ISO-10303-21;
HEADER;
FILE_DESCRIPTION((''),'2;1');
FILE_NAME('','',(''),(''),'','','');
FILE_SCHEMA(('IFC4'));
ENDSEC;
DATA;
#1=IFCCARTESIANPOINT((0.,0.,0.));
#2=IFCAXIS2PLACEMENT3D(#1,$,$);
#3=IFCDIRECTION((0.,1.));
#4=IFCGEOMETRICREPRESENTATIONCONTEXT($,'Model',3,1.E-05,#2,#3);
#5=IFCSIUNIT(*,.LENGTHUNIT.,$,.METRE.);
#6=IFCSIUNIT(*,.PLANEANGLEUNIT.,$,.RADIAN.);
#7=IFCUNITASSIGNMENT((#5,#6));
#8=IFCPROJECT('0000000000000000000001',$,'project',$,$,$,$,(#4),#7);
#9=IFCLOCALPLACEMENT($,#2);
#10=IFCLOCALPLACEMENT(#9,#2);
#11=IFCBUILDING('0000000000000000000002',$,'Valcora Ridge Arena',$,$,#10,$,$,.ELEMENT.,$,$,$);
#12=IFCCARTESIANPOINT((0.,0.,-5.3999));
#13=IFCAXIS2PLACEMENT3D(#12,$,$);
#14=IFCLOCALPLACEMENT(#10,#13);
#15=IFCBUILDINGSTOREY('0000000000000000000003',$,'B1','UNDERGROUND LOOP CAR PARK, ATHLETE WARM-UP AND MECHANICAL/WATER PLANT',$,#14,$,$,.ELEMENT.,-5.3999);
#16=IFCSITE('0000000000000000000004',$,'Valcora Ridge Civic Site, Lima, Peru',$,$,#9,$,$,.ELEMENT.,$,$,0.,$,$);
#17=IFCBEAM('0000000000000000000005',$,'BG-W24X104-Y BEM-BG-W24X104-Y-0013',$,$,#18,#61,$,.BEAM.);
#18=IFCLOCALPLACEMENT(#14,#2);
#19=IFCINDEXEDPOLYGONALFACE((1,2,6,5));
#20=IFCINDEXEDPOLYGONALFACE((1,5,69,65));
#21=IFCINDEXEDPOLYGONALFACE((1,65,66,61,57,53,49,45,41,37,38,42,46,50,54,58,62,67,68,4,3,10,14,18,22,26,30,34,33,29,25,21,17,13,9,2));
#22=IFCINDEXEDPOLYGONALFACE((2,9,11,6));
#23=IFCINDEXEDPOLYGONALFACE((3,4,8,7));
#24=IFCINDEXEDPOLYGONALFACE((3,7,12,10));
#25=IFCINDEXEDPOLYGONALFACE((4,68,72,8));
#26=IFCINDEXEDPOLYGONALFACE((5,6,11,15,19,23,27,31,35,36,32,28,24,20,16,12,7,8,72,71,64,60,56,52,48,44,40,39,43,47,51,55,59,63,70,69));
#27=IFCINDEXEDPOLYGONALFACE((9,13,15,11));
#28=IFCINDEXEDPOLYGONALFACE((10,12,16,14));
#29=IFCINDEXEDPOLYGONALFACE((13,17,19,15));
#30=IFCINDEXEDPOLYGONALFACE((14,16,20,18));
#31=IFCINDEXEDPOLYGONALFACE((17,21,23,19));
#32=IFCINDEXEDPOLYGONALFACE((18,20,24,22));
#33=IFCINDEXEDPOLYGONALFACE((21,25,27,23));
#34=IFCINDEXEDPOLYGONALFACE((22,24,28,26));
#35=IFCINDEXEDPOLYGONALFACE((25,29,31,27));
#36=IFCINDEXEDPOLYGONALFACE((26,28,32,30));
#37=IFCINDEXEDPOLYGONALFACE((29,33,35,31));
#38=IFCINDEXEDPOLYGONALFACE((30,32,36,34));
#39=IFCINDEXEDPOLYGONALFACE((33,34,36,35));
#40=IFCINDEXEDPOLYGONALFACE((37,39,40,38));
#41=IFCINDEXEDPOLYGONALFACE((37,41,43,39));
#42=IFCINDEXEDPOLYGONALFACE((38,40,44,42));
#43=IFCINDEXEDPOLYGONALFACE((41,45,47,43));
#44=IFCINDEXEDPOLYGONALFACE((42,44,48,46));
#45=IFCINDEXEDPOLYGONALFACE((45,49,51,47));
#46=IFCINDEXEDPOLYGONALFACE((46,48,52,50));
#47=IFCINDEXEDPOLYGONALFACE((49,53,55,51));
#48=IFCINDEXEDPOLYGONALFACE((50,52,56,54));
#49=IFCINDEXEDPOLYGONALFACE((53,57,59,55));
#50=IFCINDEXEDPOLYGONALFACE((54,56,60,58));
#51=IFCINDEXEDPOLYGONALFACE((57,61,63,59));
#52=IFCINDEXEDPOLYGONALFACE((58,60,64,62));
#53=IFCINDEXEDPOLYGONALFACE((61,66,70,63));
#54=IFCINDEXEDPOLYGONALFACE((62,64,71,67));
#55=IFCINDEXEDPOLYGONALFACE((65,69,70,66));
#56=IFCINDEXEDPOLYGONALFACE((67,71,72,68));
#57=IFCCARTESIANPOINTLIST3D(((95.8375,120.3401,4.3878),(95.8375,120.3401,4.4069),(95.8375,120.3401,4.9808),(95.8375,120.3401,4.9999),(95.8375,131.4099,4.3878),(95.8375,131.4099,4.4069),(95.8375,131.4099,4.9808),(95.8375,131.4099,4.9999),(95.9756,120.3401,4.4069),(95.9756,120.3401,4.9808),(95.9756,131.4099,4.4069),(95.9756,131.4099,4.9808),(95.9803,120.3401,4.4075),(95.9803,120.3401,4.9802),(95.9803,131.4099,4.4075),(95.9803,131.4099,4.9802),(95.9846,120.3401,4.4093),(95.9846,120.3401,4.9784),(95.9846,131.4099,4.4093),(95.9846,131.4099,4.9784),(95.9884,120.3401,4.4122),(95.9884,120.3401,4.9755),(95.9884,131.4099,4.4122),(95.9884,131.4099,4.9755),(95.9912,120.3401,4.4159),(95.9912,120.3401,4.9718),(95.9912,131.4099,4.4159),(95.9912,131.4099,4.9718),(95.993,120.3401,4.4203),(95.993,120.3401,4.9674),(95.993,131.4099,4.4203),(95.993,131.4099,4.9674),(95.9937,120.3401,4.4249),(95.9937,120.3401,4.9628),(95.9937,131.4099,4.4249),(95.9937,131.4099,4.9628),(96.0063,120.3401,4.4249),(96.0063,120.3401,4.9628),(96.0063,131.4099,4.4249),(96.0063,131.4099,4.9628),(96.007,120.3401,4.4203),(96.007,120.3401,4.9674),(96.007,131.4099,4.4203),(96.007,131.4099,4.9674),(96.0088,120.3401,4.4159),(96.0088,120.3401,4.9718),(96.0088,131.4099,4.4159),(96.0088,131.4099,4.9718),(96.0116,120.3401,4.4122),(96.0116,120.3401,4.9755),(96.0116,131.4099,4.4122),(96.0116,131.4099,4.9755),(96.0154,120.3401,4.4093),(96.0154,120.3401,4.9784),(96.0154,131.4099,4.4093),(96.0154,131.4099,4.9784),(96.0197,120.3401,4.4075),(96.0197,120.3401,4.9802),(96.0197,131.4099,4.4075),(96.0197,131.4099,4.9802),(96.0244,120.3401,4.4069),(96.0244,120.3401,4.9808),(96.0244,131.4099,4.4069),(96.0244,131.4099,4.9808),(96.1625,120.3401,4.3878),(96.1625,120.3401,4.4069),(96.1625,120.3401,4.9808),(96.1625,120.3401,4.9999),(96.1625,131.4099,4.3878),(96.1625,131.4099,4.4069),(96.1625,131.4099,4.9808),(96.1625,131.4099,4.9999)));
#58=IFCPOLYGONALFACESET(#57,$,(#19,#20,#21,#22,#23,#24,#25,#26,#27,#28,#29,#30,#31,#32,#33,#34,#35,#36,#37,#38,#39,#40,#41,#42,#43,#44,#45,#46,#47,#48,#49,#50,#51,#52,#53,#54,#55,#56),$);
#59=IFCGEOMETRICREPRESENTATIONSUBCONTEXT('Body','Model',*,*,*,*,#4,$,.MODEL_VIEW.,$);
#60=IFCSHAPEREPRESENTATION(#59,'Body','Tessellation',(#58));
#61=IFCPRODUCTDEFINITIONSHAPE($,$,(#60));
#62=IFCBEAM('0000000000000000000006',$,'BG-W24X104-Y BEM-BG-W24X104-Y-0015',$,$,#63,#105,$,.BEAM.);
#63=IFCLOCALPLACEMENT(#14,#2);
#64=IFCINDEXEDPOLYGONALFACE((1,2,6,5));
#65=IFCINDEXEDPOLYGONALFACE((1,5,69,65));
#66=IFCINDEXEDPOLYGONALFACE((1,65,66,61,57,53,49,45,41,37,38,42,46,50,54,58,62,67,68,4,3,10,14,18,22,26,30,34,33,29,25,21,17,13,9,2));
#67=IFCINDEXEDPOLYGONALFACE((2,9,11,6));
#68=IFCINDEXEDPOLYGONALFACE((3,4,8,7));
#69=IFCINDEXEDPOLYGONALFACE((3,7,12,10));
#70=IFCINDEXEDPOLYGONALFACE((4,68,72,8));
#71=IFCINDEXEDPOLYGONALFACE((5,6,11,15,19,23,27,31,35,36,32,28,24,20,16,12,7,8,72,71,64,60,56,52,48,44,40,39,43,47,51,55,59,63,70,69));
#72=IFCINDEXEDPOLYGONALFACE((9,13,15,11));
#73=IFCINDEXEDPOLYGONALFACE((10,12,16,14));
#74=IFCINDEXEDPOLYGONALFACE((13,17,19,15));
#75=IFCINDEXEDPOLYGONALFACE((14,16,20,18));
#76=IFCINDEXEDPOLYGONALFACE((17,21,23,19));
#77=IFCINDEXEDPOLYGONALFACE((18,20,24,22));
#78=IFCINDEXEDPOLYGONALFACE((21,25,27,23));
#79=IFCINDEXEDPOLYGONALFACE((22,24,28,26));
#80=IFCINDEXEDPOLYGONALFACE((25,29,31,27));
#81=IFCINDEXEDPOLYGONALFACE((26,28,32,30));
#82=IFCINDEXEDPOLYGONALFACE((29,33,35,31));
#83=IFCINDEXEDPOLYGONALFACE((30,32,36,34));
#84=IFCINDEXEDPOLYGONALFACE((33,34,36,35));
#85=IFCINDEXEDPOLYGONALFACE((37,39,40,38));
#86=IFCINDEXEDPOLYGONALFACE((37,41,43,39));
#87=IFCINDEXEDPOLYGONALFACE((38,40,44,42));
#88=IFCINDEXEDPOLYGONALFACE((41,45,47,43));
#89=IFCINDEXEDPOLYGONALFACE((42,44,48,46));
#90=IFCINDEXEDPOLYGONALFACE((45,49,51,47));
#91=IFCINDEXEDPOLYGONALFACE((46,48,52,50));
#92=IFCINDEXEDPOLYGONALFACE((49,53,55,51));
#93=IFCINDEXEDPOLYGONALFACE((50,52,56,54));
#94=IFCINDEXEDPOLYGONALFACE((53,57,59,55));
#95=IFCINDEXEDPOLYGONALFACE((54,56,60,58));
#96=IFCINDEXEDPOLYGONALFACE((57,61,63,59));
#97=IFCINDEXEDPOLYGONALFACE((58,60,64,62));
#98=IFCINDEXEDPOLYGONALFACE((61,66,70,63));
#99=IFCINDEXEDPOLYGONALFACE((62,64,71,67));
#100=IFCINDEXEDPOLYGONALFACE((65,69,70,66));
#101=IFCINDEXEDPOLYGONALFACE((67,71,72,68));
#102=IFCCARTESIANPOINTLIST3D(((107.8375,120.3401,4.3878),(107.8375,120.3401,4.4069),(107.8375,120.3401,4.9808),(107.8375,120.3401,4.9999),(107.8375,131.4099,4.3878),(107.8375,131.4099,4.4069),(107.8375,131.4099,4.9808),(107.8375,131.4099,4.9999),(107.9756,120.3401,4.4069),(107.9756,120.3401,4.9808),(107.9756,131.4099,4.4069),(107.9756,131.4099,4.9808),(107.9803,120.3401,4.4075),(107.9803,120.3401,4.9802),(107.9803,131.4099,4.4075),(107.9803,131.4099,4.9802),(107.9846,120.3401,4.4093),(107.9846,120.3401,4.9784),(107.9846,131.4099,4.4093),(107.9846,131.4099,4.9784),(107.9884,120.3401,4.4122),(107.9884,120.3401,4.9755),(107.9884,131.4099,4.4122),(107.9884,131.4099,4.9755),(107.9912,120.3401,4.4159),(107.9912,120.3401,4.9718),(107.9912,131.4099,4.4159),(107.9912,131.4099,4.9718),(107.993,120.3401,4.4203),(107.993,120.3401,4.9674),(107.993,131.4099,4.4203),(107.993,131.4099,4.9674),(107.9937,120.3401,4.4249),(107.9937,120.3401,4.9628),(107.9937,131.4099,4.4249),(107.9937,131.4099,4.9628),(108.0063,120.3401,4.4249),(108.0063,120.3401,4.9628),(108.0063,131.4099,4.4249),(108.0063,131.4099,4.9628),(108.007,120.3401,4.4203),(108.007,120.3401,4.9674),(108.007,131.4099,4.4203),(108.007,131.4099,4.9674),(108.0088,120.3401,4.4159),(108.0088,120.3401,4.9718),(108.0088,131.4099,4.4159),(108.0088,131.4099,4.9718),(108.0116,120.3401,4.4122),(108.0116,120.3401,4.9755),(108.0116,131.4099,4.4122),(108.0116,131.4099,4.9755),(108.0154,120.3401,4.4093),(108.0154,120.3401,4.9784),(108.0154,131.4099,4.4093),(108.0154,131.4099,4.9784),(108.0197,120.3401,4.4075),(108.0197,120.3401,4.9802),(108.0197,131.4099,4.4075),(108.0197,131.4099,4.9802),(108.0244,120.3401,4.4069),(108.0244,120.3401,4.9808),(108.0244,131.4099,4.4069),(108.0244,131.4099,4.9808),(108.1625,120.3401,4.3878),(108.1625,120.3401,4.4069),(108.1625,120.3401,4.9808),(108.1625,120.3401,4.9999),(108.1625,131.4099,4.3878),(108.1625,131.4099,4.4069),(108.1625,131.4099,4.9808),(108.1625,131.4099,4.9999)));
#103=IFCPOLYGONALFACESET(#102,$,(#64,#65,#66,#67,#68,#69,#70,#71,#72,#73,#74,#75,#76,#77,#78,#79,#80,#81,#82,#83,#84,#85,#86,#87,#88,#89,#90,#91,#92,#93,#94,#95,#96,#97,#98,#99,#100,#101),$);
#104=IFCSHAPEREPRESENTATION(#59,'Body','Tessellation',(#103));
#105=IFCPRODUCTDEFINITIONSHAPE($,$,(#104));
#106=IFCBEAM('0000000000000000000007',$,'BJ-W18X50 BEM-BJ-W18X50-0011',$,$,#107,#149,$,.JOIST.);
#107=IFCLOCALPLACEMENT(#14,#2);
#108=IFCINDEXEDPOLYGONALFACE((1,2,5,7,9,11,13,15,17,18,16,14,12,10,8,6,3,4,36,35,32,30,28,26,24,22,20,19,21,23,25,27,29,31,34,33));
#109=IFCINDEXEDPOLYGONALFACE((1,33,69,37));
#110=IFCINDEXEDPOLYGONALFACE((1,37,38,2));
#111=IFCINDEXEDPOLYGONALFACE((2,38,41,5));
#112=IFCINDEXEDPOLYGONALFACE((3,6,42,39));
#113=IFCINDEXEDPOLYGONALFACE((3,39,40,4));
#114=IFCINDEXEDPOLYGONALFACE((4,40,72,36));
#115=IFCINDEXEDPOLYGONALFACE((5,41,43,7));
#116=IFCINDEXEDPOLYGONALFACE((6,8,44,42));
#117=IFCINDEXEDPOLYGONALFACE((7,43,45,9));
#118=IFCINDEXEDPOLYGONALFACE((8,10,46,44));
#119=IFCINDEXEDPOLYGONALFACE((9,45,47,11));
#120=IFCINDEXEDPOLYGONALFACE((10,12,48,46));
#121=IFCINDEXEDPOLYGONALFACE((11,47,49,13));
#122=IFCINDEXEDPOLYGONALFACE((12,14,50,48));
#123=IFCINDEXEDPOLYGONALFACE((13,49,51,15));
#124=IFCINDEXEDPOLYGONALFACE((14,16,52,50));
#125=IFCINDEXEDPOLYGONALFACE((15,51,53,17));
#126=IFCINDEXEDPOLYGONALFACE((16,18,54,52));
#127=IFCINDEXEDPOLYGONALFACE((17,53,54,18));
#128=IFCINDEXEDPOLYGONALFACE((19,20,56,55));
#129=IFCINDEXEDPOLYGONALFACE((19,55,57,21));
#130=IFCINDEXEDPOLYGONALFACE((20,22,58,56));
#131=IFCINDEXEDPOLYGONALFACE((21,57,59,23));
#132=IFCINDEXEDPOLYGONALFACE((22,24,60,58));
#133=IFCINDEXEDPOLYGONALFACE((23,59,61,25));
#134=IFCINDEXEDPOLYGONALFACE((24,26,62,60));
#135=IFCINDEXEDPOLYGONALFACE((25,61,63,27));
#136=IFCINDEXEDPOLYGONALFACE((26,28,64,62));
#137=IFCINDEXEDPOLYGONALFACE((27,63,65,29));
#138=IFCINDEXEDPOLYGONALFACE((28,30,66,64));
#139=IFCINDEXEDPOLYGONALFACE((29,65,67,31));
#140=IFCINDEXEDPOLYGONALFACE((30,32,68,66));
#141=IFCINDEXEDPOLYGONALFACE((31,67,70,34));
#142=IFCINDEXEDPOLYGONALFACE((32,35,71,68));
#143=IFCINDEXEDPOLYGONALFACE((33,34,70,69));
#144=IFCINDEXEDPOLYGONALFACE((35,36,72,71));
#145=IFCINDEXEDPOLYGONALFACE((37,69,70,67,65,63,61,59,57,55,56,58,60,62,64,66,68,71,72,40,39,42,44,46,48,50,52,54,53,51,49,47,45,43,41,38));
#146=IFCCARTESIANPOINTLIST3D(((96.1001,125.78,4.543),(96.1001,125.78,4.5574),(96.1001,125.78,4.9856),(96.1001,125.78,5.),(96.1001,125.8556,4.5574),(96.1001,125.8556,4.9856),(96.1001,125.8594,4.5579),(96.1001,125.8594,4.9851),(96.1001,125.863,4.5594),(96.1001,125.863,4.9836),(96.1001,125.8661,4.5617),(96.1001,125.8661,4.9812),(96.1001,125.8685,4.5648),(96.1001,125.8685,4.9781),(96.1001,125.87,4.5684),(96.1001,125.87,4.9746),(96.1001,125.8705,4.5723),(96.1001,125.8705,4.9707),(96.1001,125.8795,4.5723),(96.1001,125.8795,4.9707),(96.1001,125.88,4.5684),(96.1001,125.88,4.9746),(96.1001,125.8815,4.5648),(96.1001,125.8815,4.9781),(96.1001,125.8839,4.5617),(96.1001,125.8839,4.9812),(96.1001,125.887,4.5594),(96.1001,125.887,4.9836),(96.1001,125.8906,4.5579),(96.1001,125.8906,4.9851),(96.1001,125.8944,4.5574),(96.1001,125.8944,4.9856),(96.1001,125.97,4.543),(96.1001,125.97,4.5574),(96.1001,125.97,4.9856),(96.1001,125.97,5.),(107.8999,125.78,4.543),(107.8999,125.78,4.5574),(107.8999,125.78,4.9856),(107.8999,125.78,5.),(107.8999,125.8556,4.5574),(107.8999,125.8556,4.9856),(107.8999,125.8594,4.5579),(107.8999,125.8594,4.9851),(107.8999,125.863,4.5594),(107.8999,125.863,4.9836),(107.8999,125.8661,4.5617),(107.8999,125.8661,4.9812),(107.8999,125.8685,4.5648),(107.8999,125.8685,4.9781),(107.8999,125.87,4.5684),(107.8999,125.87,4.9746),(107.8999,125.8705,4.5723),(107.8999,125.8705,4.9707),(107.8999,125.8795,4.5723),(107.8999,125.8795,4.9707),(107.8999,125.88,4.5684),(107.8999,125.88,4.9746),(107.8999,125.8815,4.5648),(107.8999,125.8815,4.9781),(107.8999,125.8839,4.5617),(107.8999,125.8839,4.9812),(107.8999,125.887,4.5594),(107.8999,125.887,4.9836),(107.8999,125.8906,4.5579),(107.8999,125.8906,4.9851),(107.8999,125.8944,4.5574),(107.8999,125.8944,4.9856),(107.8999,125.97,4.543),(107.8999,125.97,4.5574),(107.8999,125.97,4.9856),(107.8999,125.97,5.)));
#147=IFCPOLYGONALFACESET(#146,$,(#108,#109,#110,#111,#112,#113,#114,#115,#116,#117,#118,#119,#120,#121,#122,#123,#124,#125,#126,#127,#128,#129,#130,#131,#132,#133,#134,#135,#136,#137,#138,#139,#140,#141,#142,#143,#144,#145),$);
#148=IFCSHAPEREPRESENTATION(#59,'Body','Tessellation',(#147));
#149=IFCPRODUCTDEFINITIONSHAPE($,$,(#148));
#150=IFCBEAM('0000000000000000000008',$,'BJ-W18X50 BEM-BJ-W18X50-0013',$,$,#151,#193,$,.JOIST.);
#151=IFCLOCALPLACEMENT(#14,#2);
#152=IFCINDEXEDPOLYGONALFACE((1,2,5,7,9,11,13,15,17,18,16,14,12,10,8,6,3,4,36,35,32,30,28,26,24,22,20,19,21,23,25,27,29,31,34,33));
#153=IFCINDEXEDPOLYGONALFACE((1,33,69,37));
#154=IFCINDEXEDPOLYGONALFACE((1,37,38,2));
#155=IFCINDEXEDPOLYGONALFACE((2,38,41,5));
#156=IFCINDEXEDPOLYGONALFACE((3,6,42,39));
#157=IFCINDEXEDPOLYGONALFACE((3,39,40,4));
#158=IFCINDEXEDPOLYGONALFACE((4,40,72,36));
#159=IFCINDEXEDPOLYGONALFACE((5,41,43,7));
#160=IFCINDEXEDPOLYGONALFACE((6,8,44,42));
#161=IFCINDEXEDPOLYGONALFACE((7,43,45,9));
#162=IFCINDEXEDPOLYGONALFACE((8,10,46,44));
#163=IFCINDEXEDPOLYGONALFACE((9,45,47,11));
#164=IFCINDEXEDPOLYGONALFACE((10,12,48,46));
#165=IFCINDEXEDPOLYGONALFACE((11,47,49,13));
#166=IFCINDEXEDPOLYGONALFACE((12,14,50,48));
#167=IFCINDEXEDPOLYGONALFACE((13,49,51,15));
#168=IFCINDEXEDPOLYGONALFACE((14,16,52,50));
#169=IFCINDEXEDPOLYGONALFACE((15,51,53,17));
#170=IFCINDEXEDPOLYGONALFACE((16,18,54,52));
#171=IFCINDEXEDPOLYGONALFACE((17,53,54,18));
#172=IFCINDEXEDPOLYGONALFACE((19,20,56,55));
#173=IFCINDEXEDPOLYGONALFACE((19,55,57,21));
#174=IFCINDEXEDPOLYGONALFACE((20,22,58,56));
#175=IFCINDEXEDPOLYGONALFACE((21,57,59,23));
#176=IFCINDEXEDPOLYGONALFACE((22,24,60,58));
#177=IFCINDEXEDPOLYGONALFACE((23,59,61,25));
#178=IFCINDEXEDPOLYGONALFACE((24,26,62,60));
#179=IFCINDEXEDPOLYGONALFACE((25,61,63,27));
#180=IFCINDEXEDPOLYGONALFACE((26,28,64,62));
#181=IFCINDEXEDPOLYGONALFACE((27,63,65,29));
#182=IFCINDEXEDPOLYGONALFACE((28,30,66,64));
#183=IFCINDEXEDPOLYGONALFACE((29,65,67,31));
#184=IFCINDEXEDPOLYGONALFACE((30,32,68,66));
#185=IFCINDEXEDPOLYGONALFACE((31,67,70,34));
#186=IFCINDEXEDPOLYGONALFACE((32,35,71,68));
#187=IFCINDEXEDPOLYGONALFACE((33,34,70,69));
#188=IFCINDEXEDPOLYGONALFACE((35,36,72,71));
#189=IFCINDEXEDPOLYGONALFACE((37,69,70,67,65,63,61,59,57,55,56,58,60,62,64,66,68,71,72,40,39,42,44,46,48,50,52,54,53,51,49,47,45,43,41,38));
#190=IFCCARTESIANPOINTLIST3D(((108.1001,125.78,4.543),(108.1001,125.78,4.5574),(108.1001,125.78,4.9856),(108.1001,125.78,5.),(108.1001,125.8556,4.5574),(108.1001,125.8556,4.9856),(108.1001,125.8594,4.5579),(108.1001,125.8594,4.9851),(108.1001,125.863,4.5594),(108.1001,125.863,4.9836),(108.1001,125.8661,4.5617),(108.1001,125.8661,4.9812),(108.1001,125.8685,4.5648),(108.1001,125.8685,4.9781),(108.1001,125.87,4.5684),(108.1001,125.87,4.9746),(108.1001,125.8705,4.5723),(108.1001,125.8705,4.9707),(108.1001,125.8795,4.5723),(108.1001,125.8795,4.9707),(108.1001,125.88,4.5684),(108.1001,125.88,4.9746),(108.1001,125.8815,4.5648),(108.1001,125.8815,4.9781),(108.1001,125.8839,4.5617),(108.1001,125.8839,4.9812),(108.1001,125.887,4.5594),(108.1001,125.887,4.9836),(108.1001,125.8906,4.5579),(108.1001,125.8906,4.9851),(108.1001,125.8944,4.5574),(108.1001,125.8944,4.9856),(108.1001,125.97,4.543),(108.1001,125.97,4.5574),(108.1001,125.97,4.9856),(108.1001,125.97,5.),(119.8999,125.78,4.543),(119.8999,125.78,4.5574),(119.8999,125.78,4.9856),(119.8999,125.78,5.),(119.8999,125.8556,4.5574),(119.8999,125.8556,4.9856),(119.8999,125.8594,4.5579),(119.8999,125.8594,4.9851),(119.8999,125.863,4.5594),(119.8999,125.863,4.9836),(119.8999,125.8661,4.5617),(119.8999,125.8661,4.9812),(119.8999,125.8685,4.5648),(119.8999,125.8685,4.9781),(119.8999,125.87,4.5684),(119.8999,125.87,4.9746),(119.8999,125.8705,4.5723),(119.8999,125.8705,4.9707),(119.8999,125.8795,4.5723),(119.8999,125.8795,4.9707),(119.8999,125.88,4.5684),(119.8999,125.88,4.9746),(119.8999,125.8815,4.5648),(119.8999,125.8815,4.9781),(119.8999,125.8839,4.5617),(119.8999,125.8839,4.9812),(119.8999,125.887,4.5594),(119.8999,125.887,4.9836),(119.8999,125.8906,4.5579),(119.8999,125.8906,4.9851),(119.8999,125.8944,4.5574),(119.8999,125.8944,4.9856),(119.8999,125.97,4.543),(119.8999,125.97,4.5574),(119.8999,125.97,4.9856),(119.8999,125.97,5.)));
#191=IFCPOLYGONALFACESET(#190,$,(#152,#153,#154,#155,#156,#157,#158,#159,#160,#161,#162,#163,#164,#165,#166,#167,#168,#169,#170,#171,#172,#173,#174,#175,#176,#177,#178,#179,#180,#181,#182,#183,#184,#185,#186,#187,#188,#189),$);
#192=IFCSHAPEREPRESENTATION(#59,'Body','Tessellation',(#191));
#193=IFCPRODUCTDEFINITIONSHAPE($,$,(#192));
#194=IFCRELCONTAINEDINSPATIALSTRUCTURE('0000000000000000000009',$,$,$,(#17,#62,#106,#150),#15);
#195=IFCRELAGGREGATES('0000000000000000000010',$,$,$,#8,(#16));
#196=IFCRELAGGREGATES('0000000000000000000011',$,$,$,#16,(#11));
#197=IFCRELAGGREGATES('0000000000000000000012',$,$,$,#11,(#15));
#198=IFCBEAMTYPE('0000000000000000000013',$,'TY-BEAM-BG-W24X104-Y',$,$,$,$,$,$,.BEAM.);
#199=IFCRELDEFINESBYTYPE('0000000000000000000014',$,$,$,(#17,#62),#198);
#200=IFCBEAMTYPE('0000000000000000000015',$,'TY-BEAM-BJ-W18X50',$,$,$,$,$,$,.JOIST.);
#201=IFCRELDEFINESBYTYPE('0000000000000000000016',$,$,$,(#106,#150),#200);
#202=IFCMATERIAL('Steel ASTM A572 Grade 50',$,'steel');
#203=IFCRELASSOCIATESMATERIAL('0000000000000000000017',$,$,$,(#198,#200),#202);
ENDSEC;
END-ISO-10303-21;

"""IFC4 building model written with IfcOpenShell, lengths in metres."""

from ifc_helpers import new_model, si_unit, direction, frame, origin, origin_2d, place, context, subcontext, project, spatial, i_section, extrude, material, material_profile, profile_set, type_object, element, save


model = new_model("IFC4")

# Units and contexts
model_context = context("Model", 3, precision=1e-05, world=origin(), true_north=direction((0.0, 1.0)))
body_context = subcontext(model_context, "Body", "Model", "MODEL_VIEW")
ifc_project = project(units=[si_unit("LENGTHUNIT", "METRE"), si_unit("PLANEANGLEUNIT", "RADIAN")], contexts=[model_context])

# Site, building, storey
site_placement = place(None, origin())
site = spatial("IfcSite", under=ifc_project, at=site_placement, Name="Valcora Ridge Civic Site, Lima, Peru", CompositionType="ELEMENT", RefElevation=0.0)
building_placement = place(site_placement, origin())
building = spatial("IfcBuilding", under=site, at=building_placement, Name="Valcora Ridge Arena", CompositionType="ELEMENT")
storey_placement = place(building_placement, frame((0.0, 0.0, -5.3999)))
storey = spatial("IfcBuildingStorey", under=building, at=storey_placement, Name="B1", Description="UNDERGROUND LOOP CAR PARK, ATHLETE WARM-UP AND MECHANICAL/WATER PLANT", CompositionType="ELEMENT", Elevation=-5.3999)

# Beams
ifc_material_1 = material(Name="Steel ASTM A572 Grade 50", Category="steel")
ifc_material_profile_1 = material_profile(ifc_material_1, i_section(OverallWidth=0.325, OverallDepth=0.6121, WebThickness=0.0127, FlangeThickness=0.019, FilletRadius=0.0181, at=origin_2d()), Name="W24X104")
ifc_profile_set_1 = profile_set([ifc_material_profile_1], Name="Steel ASTM A572 Grade 50")
beam_type_1 = type_object("IfcBeamType", Name="TY-BEAM-BG-W24X104-Y", PredefinedType="BEAM", material=ifc_profile_set_1)
for number, where, z_axis, x_axis, name in (
    (1, (96.0, 120.3401, 4.6938), (0.0, 1.0, 0.0), (-1.0, 0.0, 0.0), "BG-W24X104-Y BEM-BG-W24X104-Y-0013"),
    (2, (108.0, 120.3401, 4.6938), (0.0, 1.0, 0.0), (-1.0, 0.0, 0.0), "BG-W24X104-Y BEM-BG-W24X104-Y-0015"),
):
    element("IfcBeam", number, at=place(storey_placement, frame(where, z_axis=z_axis, x_axis=x_axis)), inside=storey, type_object=beam_type_1, Name=name, PredefinedType="BEAM", context=body_context, shape_type="SweptSolid", body=[
        extrude(i_section(OverallWidth=0.325, OverallDepth=0.6121, WebThickness=0.0127, FlangeThickness=0.019, FilletRadius=0.0181, at=origin_2d()), origin(), (0.0, 0.0, 1.0), 11.0698),
    ])
ifc_material_profile_2 = material_profile(ifc_material_1, i_section(OverallWidth=0.1899, OverallDepth=0.457, WebThickness=0.009, FlangeThickness=0.0144, FilletRadius=0.0149, at=origin_2d()), Name="W18X50")
ifc_profile_set_2 = profile_set([ifc_material_profile_2], Name="Steel ASTM A572 Grade 50")
beam_type_2 = type_object("IfcBeamType", Name="TY-BEAM-BJ-W18X50", PredefinedType="JOIST", material=ifc_profile_set_2)
for number, where, z_axis, x_axis, name in (
    (3, (96.1001, 125.875, 4.7715), (1.0, 0.0, 0.0), (0.0, 1.0, 0.0), "BJ-W18X50 BEM-BJ-W18X50-0011"),
    (4, (108.1001, 125.875, 4.7715), (1.0, 0.0, 0.0), (0.0, 1.0, 0.0), "BJ-W18X50 BEM-BJ-W18X50-0013"),
):
    element("IfcBeam", number, at=place(storey_placement, frame(where, z_axis=z_axis, x_axis=x_axis)), inside=storey, type_object=beam_type_2, Name=name, PredefinedType="JOIST", context=body_context, shape_type="SweptSolid", body=[
        extrude(i_section(OverallWidth=0.1899, OverallDepth=0.457, WebThickness=0.009, FlangeThickness=0.0144, FilletRadius=0.0149, at=origin_2d()), origin(), (0.0, 0.0, 1.0), 11.7998),
    ])

save(model, "model.ifc")
